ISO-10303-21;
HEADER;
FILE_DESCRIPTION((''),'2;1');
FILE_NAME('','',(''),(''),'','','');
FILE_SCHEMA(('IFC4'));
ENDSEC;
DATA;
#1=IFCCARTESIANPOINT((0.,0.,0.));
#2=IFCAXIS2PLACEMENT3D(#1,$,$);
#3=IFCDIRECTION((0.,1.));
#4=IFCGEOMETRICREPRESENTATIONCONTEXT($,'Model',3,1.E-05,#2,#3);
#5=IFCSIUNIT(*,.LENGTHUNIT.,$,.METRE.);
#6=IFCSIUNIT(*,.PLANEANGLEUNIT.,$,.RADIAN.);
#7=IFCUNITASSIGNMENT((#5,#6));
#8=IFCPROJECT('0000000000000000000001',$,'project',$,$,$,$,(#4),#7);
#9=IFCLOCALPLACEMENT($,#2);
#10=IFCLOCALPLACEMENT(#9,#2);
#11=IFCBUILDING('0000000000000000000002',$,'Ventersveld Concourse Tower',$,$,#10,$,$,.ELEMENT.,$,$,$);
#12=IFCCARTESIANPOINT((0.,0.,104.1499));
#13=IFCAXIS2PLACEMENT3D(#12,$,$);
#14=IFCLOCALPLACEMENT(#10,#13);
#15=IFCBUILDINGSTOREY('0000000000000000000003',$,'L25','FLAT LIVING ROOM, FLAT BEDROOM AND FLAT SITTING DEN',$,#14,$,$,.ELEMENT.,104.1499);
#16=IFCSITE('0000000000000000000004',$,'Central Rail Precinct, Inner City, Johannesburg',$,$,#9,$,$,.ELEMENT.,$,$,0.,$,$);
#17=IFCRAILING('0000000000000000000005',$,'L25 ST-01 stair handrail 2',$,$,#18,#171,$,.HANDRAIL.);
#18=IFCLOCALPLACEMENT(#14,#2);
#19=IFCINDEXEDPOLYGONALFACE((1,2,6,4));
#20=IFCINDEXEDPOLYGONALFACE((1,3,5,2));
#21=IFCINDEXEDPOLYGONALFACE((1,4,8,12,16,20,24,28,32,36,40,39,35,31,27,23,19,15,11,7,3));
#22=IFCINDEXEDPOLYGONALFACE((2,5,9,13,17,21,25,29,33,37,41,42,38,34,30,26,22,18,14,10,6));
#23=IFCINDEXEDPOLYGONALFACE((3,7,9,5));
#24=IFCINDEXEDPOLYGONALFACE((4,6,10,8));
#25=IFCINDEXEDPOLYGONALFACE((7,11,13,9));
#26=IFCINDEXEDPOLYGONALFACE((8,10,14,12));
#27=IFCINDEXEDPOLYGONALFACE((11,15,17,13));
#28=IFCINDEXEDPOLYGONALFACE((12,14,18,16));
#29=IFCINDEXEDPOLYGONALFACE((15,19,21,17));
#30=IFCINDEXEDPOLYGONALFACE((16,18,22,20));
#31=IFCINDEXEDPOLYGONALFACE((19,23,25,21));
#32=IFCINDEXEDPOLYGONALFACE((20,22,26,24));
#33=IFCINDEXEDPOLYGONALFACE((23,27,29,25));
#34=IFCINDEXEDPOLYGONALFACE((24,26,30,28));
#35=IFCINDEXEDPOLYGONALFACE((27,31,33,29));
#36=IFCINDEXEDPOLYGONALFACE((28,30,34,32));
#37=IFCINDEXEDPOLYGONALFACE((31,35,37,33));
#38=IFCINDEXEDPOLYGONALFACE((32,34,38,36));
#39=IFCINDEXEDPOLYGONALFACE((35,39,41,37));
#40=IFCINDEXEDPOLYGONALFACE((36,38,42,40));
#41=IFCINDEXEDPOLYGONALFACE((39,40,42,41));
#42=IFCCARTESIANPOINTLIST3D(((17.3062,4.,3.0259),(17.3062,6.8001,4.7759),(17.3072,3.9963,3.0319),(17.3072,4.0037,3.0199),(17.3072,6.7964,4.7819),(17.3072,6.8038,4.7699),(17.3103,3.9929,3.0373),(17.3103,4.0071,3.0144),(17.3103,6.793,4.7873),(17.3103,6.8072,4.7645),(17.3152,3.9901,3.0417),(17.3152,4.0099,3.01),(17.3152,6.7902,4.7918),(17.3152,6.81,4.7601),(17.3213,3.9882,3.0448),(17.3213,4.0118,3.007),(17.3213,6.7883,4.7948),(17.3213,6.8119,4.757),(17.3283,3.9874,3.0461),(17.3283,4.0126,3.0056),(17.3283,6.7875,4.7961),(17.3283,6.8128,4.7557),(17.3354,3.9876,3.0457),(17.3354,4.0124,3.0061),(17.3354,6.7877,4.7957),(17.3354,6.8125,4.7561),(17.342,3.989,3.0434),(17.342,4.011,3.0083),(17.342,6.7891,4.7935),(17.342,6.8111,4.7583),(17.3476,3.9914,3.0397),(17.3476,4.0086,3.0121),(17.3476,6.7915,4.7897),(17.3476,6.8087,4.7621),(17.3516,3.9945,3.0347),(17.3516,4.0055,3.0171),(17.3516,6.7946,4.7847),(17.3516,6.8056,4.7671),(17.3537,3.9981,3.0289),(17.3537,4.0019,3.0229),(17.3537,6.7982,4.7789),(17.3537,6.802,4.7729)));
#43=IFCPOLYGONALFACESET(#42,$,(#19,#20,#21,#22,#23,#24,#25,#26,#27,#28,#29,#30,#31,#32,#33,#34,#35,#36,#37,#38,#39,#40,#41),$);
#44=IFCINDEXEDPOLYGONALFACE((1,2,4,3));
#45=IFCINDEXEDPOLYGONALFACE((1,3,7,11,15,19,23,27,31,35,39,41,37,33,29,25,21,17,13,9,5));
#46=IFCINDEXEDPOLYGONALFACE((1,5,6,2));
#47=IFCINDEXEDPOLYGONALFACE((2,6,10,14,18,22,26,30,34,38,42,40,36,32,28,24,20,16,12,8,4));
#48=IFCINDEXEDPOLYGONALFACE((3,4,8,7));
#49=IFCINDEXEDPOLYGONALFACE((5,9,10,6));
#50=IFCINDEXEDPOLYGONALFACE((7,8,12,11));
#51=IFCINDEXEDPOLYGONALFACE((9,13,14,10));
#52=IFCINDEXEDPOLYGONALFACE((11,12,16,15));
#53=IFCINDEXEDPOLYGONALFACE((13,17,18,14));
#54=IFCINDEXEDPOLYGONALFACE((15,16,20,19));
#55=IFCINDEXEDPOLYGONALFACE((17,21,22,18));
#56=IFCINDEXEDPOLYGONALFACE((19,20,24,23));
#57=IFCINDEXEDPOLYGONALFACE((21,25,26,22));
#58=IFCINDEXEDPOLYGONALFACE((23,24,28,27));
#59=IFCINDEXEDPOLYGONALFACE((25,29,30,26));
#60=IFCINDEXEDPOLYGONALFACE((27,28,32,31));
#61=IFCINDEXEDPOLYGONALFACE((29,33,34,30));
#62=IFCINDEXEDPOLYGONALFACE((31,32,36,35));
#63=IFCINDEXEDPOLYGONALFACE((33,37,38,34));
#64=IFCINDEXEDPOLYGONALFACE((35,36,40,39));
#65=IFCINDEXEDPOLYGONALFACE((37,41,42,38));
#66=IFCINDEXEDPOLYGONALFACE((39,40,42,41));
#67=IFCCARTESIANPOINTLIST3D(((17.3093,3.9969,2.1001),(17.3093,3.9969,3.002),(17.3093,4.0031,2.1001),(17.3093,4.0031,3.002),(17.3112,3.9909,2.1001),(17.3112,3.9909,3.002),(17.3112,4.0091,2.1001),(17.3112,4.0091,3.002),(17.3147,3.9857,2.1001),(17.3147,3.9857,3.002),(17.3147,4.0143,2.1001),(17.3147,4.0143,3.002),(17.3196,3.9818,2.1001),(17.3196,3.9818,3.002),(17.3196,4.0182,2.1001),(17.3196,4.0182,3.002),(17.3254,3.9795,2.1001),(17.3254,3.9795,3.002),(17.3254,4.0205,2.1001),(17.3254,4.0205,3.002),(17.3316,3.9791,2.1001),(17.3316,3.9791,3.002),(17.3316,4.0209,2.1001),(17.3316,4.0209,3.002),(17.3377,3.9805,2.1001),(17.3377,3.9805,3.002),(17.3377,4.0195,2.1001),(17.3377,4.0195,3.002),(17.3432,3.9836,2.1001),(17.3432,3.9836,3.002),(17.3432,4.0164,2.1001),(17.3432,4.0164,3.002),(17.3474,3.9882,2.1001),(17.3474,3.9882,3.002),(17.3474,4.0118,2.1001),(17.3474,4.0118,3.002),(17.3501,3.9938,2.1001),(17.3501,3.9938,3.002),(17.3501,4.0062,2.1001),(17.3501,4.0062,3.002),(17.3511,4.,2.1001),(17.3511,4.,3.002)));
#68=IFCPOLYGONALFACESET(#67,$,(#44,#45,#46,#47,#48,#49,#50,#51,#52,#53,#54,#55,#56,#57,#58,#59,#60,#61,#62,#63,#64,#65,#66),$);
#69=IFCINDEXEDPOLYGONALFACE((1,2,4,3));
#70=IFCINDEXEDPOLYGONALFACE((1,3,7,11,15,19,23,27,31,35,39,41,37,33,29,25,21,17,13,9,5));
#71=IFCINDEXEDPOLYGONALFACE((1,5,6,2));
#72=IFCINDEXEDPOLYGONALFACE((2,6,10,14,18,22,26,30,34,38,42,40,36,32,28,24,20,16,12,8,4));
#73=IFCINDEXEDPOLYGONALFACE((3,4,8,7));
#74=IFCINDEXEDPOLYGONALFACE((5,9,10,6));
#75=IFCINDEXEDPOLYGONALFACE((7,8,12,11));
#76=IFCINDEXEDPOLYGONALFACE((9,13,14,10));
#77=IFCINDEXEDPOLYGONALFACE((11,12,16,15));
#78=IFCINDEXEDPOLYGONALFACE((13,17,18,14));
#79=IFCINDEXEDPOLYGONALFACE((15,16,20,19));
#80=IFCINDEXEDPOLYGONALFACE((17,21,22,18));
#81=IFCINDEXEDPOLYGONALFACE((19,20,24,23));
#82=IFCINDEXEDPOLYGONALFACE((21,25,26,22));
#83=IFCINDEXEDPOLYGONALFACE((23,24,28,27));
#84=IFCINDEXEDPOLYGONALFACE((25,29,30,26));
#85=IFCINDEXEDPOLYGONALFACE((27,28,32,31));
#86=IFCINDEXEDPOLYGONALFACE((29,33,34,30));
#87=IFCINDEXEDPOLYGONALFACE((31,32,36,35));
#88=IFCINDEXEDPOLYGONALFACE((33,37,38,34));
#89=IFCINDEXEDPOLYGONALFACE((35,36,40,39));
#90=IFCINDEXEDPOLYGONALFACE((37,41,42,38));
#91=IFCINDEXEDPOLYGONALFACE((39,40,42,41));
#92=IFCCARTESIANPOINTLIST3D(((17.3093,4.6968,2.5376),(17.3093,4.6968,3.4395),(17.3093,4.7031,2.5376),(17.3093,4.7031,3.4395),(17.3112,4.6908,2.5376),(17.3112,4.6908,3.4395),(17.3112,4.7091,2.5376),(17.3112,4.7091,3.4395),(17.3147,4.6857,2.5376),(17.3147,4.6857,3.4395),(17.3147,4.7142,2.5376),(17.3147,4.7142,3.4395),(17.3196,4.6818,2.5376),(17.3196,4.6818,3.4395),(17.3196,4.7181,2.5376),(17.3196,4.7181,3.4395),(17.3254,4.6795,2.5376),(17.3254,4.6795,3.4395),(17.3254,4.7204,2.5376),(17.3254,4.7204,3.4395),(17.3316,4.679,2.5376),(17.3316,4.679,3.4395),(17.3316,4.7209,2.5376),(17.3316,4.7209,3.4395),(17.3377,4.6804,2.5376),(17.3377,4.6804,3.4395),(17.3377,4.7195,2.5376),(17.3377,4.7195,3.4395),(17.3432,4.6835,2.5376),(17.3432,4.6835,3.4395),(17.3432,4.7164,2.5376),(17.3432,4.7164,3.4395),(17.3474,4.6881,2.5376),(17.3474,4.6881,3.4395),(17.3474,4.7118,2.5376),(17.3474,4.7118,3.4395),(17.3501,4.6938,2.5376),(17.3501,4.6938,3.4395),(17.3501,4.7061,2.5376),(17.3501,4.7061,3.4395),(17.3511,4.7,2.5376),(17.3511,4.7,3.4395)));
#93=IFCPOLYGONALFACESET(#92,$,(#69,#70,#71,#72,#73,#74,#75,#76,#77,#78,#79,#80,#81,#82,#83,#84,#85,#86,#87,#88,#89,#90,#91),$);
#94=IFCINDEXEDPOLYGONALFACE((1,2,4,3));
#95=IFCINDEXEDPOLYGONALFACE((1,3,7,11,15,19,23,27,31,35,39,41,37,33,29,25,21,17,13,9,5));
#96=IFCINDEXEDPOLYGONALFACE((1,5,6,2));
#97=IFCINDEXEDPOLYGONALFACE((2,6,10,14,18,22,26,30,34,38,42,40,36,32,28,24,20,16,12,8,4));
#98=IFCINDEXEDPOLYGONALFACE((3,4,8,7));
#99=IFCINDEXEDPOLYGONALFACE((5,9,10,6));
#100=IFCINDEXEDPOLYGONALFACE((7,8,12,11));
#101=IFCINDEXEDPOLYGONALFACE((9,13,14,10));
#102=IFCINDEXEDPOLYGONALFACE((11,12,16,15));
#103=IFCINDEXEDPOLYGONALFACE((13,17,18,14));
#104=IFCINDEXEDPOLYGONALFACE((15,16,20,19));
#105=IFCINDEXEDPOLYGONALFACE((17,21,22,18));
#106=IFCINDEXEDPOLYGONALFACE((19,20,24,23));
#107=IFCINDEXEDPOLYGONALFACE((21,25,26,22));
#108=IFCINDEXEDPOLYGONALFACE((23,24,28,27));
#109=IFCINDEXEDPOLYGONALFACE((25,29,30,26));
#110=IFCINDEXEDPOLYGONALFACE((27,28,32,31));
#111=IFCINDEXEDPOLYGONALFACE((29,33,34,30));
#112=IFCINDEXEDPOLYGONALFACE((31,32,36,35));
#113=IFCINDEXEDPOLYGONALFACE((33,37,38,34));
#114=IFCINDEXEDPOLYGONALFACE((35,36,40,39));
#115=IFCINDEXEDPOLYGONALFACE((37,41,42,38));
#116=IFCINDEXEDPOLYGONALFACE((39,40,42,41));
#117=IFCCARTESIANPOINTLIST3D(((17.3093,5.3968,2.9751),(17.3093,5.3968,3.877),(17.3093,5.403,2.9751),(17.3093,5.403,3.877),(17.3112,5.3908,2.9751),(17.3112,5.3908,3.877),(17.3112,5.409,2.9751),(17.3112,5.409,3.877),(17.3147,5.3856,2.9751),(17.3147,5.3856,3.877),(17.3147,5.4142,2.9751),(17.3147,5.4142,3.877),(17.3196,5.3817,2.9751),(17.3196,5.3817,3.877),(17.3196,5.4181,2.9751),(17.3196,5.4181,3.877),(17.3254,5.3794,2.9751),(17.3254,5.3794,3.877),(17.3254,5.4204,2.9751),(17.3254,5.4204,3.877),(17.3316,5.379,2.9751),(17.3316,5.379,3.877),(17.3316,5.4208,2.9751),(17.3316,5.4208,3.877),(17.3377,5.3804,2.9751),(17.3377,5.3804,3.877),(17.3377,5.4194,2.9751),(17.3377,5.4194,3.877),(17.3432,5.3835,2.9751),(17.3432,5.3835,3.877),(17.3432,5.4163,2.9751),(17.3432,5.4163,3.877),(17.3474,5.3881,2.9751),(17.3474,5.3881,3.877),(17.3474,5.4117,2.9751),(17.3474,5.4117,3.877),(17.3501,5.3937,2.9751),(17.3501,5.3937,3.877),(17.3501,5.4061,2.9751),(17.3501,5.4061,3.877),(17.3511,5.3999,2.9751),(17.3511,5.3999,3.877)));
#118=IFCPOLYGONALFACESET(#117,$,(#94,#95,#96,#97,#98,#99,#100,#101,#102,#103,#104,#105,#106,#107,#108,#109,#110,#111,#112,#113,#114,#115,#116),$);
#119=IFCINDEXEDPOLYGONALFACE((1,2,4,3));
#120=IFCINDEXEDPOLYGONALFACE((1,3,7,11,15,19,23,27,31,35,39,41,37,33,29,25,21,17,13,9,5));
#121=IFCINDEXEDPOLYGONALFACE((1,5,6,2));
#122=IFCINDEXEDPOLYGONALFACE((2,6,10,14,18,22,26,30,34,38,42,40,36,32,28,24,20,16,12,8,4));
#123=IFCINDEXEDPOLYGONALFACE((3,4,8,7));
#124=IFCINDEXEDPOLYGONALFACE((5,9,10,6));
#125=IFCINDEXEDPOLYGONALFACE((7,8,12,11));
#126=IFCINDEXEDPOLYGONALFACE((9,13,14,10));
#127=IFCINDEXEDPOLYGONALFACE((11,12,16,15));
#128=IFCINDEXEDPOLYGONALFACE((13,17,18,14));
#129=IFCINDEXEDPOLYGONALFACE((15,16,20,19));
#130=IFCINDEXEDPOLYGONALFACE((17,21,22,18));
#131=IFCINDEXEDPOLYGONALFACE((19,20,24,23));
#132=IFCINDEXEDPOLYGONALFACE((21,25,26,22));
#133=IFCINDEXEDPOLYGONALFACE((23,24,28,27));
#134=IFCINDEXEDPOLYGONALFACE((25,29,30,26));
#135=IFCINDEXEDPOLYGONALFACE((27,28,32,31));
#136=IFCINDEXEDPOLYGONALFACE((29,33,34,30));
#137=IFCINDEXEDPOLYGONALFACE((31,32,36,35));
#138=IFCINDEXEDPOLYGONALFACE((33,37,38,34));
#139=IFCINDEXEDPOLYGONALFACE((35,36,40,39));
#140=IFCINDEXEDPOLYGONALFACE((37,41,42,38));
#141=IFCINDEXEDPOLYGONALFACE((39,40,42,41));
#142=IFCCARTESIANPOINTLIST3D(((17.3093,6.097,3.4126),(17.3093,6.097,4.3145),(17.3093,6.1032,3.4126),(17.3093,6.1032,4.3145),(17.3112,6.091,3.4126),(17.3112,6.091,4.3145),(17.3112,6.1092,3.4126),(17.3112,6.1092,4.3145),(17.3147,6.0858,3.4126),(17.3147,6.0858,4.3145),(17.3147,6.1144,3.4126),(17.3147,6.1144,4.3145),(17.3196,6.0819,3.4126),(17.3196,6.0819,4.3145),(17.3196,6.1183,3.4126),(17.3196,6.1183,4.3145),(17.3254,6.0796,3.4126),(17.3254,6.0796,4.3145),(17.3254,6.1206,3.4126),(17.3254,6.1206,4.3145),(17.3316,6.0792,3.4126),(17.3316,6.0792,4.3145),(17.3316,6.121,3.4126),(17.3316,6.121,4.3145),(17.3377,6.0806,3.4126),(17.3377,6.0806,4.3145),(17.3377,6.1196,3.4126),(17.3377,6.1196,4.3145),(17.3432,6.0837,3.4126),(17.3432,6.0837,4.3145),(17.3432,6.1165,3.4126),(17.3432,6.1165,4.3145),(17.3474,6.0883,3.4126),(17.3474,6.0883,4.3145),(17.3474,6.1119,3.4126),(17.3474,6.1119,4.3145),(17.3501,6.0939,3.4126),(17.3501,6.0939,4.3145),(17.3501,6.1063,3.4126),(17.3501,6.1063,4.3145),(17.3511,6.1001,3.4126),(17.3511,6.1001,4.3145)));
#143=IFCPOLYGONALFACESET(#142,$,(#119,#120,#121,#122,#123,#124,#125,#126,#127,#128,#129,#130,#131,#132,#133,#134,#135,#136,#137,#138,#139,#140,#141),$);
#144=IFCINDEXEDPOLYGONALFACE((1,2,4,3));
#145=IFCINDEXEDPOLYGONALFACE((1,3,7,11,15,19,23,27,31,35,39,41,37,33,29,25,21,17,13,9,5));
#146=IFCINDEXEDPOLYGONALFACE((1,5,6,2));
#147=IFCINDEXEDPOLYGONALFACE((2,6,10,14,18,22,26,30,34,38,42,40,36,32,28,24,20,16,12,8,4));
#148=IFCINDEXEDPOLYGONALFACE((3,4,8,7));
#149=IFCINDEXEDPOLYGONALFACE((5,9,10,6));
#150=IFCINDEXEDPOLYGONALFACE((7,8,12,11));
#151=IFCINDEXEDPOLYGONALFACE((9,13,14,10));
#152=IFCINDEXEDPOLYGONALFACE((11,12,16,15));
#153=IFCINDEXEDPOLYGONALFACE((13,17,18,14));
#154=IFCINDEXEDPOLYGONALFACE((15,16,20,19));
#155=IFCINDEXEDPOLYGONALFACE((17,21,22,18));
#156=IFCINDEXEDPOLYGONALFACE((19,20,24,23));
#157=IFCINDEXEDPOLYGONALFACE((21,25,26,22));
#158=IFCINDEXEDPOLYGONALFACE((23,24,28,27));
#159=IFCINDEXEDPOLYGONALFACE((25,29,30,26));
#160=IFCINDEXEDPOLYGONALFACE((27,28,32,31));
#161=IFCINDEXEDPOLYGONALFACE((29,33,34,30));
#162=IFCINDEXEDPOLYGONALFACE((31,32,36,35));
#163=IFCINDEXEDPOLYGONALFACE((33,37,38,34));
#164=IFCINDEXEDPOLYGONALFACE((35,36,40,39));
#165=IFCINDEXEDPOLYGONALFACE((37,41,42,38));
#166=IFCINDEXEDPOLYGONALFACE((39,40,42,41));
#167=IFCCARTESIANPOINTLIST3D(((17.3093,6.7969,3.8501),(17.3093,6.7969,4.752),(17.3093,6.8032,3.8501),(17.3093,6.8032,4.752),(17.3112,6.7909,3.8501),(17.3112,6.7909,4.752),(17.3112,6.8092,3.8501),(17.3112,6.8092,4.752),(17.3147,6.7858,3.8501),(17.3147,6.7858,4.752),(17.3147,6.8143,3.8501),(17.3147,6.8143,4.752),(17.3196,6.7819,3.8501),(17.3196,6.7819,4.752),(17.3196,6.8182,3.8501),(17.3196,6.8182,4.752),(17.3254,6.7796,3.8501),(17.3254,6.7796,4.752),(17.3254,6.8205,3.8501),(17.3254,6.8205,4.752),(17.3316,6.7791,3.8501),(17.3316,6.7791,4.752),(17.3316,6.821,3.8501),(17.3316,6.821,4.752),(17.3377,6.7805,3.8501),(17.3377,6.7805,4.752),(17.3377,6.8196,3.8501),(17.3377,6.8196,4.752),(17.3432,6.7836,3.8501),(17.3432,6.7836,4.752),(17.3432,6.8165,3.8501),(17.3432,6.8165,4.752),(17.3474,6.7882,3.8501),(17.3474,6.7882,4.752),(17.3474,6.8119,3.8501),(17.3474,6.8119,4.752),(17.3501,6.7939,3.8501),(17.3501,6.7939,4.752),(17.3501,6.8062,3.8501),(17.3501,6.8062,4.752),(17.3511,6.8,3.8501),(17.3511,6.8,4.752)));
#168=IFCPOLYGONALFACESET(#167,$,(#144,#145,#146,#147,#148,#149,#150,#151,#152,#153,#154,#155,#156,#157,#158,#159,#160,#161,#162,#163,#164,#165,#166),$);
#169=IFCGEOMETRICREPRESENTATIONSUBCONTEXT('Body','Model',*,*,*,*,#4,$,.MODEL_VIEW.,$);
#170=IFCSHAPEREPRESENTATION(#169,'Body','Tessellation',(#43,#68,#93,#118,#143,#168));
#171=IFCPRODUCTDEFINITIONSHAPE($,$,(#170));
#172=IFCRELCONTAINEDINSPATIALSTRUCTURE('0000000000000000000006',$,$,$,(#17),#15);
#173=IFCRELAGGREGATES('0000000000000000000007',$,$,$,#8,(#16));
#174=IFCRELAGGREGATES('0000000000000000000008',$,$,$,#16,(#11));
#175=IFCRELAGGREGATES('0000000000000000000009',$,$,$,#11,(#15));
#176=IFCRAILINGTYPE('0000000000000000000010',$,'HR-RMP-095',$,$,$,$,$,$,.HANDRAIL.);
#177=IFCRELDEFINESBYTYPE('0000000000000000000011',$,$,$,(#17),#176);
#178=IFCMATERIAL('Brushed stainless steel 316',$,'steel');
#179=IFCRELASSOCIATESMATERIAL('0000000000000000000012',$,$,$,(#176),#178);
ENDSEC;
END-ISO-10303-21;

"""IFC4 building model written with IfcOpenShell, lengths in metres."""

from ifc_helpers import new_model, si_unit, direction, frame, origin, origin_2d, place, context, subcontext, project, spatial, circle, extrude, material, type_object, element, save


model = new_model("IFC4")

# Units and contexts
model_context = context("Model", 3, precision=1e-05, world=origin(), true_north=direction((0.0, 1.0)))
body_context = subcontext(model_context, "Body", "Model", "MODEL_VIEW")
ifc_project = project(units=[si_unit("LENGTHUNIT", "METRE"), si_unit("PLANEANGLEUNIT", "RADIAN")], contexts=[model_context])

# Site, building, storey
site_placement = place(None, origin())
site = spatial("IfcSite", under=ifc_project, at=site_placement, Name="Central Rail Precinct, Inner City, Johannesburg", CompositionType="ELEMENT", RefElevation=0.0)
building_placement = place(site_placement, origin())
building = spatial("IfcBuilding", under=site, at=building_placement, Name="Ventersveld Concourse Tower", CompositionType="ELEMENT")
storey_placement = place(building_placement, frame((0.0, 0.0, 104.1499)))
storey = spatial("IfcBuildingStorey", under=building, at=storey_placement, Name="L25", Description="FLAT LIVING ROOM, FLAT BEDROOM AND FLAT SITTING DEN", CompositionType="ELEMENT", Elevation=104.1499)

# Shared definitions
ifc_material_1 = material(Name="Brushed stainless steel 316", Category="steel")

# Railing
railing_type_1 = type_object("IfcRailingType", Name="HR-RMP-095", PredefinedType="HANDRAIL", material=ifc_material_1)
railing_1_placement = place(storey_placement, frame((17.3301, 4.0, 2.1001)))
element("IfcRailing", 1, at=railing_1_placement, inside=storey, type_object=railing_type_1, Name="L25 ST-01 stair handrail 2", PredefinedType="HANDRAIL", context=body_context, shape_type="SweptSolid", body=[
    extrude(circle(Radius=0.0239, at=origin_2d()), frame((0.0, 0.0, 0.9258), z_axis=(0.0, 0.848002, 0.529992), x_axis=(-1.0, 0.0, 0.0)), (0.0, 0.0, 1.0), 3.302),
    extrude(circle(Radius=0.021, at=origin_2d()), origin(), (0.0, 0.0, 1.0), 0.9019),
    extrude(circle(Radius=0.021, at=origin_2d()), frame((0.0, 0.7, 0.4375)), (0.0, 0.0, 1.0), 0.9019),
    extrude(circle(Radius=0.021, at=origin_2d()), frame((0.0, 1.3999, 0.875)), (0.0, 0.0, 1.0), 0.9019),
    extrude(circle(Radius=0.021, at=origin_2d()), frame((0.0, 2.1001, 1.3125)), (0.0, 0.0, 1.0), 0.9019),
    extrude(circle(Radius=0.021, at=origin_2d()), frame((0.0, 2.8, 1.75)), (0.0, 0.0, 1.0), 0.9019),
])

save(model, "model.ifc")
